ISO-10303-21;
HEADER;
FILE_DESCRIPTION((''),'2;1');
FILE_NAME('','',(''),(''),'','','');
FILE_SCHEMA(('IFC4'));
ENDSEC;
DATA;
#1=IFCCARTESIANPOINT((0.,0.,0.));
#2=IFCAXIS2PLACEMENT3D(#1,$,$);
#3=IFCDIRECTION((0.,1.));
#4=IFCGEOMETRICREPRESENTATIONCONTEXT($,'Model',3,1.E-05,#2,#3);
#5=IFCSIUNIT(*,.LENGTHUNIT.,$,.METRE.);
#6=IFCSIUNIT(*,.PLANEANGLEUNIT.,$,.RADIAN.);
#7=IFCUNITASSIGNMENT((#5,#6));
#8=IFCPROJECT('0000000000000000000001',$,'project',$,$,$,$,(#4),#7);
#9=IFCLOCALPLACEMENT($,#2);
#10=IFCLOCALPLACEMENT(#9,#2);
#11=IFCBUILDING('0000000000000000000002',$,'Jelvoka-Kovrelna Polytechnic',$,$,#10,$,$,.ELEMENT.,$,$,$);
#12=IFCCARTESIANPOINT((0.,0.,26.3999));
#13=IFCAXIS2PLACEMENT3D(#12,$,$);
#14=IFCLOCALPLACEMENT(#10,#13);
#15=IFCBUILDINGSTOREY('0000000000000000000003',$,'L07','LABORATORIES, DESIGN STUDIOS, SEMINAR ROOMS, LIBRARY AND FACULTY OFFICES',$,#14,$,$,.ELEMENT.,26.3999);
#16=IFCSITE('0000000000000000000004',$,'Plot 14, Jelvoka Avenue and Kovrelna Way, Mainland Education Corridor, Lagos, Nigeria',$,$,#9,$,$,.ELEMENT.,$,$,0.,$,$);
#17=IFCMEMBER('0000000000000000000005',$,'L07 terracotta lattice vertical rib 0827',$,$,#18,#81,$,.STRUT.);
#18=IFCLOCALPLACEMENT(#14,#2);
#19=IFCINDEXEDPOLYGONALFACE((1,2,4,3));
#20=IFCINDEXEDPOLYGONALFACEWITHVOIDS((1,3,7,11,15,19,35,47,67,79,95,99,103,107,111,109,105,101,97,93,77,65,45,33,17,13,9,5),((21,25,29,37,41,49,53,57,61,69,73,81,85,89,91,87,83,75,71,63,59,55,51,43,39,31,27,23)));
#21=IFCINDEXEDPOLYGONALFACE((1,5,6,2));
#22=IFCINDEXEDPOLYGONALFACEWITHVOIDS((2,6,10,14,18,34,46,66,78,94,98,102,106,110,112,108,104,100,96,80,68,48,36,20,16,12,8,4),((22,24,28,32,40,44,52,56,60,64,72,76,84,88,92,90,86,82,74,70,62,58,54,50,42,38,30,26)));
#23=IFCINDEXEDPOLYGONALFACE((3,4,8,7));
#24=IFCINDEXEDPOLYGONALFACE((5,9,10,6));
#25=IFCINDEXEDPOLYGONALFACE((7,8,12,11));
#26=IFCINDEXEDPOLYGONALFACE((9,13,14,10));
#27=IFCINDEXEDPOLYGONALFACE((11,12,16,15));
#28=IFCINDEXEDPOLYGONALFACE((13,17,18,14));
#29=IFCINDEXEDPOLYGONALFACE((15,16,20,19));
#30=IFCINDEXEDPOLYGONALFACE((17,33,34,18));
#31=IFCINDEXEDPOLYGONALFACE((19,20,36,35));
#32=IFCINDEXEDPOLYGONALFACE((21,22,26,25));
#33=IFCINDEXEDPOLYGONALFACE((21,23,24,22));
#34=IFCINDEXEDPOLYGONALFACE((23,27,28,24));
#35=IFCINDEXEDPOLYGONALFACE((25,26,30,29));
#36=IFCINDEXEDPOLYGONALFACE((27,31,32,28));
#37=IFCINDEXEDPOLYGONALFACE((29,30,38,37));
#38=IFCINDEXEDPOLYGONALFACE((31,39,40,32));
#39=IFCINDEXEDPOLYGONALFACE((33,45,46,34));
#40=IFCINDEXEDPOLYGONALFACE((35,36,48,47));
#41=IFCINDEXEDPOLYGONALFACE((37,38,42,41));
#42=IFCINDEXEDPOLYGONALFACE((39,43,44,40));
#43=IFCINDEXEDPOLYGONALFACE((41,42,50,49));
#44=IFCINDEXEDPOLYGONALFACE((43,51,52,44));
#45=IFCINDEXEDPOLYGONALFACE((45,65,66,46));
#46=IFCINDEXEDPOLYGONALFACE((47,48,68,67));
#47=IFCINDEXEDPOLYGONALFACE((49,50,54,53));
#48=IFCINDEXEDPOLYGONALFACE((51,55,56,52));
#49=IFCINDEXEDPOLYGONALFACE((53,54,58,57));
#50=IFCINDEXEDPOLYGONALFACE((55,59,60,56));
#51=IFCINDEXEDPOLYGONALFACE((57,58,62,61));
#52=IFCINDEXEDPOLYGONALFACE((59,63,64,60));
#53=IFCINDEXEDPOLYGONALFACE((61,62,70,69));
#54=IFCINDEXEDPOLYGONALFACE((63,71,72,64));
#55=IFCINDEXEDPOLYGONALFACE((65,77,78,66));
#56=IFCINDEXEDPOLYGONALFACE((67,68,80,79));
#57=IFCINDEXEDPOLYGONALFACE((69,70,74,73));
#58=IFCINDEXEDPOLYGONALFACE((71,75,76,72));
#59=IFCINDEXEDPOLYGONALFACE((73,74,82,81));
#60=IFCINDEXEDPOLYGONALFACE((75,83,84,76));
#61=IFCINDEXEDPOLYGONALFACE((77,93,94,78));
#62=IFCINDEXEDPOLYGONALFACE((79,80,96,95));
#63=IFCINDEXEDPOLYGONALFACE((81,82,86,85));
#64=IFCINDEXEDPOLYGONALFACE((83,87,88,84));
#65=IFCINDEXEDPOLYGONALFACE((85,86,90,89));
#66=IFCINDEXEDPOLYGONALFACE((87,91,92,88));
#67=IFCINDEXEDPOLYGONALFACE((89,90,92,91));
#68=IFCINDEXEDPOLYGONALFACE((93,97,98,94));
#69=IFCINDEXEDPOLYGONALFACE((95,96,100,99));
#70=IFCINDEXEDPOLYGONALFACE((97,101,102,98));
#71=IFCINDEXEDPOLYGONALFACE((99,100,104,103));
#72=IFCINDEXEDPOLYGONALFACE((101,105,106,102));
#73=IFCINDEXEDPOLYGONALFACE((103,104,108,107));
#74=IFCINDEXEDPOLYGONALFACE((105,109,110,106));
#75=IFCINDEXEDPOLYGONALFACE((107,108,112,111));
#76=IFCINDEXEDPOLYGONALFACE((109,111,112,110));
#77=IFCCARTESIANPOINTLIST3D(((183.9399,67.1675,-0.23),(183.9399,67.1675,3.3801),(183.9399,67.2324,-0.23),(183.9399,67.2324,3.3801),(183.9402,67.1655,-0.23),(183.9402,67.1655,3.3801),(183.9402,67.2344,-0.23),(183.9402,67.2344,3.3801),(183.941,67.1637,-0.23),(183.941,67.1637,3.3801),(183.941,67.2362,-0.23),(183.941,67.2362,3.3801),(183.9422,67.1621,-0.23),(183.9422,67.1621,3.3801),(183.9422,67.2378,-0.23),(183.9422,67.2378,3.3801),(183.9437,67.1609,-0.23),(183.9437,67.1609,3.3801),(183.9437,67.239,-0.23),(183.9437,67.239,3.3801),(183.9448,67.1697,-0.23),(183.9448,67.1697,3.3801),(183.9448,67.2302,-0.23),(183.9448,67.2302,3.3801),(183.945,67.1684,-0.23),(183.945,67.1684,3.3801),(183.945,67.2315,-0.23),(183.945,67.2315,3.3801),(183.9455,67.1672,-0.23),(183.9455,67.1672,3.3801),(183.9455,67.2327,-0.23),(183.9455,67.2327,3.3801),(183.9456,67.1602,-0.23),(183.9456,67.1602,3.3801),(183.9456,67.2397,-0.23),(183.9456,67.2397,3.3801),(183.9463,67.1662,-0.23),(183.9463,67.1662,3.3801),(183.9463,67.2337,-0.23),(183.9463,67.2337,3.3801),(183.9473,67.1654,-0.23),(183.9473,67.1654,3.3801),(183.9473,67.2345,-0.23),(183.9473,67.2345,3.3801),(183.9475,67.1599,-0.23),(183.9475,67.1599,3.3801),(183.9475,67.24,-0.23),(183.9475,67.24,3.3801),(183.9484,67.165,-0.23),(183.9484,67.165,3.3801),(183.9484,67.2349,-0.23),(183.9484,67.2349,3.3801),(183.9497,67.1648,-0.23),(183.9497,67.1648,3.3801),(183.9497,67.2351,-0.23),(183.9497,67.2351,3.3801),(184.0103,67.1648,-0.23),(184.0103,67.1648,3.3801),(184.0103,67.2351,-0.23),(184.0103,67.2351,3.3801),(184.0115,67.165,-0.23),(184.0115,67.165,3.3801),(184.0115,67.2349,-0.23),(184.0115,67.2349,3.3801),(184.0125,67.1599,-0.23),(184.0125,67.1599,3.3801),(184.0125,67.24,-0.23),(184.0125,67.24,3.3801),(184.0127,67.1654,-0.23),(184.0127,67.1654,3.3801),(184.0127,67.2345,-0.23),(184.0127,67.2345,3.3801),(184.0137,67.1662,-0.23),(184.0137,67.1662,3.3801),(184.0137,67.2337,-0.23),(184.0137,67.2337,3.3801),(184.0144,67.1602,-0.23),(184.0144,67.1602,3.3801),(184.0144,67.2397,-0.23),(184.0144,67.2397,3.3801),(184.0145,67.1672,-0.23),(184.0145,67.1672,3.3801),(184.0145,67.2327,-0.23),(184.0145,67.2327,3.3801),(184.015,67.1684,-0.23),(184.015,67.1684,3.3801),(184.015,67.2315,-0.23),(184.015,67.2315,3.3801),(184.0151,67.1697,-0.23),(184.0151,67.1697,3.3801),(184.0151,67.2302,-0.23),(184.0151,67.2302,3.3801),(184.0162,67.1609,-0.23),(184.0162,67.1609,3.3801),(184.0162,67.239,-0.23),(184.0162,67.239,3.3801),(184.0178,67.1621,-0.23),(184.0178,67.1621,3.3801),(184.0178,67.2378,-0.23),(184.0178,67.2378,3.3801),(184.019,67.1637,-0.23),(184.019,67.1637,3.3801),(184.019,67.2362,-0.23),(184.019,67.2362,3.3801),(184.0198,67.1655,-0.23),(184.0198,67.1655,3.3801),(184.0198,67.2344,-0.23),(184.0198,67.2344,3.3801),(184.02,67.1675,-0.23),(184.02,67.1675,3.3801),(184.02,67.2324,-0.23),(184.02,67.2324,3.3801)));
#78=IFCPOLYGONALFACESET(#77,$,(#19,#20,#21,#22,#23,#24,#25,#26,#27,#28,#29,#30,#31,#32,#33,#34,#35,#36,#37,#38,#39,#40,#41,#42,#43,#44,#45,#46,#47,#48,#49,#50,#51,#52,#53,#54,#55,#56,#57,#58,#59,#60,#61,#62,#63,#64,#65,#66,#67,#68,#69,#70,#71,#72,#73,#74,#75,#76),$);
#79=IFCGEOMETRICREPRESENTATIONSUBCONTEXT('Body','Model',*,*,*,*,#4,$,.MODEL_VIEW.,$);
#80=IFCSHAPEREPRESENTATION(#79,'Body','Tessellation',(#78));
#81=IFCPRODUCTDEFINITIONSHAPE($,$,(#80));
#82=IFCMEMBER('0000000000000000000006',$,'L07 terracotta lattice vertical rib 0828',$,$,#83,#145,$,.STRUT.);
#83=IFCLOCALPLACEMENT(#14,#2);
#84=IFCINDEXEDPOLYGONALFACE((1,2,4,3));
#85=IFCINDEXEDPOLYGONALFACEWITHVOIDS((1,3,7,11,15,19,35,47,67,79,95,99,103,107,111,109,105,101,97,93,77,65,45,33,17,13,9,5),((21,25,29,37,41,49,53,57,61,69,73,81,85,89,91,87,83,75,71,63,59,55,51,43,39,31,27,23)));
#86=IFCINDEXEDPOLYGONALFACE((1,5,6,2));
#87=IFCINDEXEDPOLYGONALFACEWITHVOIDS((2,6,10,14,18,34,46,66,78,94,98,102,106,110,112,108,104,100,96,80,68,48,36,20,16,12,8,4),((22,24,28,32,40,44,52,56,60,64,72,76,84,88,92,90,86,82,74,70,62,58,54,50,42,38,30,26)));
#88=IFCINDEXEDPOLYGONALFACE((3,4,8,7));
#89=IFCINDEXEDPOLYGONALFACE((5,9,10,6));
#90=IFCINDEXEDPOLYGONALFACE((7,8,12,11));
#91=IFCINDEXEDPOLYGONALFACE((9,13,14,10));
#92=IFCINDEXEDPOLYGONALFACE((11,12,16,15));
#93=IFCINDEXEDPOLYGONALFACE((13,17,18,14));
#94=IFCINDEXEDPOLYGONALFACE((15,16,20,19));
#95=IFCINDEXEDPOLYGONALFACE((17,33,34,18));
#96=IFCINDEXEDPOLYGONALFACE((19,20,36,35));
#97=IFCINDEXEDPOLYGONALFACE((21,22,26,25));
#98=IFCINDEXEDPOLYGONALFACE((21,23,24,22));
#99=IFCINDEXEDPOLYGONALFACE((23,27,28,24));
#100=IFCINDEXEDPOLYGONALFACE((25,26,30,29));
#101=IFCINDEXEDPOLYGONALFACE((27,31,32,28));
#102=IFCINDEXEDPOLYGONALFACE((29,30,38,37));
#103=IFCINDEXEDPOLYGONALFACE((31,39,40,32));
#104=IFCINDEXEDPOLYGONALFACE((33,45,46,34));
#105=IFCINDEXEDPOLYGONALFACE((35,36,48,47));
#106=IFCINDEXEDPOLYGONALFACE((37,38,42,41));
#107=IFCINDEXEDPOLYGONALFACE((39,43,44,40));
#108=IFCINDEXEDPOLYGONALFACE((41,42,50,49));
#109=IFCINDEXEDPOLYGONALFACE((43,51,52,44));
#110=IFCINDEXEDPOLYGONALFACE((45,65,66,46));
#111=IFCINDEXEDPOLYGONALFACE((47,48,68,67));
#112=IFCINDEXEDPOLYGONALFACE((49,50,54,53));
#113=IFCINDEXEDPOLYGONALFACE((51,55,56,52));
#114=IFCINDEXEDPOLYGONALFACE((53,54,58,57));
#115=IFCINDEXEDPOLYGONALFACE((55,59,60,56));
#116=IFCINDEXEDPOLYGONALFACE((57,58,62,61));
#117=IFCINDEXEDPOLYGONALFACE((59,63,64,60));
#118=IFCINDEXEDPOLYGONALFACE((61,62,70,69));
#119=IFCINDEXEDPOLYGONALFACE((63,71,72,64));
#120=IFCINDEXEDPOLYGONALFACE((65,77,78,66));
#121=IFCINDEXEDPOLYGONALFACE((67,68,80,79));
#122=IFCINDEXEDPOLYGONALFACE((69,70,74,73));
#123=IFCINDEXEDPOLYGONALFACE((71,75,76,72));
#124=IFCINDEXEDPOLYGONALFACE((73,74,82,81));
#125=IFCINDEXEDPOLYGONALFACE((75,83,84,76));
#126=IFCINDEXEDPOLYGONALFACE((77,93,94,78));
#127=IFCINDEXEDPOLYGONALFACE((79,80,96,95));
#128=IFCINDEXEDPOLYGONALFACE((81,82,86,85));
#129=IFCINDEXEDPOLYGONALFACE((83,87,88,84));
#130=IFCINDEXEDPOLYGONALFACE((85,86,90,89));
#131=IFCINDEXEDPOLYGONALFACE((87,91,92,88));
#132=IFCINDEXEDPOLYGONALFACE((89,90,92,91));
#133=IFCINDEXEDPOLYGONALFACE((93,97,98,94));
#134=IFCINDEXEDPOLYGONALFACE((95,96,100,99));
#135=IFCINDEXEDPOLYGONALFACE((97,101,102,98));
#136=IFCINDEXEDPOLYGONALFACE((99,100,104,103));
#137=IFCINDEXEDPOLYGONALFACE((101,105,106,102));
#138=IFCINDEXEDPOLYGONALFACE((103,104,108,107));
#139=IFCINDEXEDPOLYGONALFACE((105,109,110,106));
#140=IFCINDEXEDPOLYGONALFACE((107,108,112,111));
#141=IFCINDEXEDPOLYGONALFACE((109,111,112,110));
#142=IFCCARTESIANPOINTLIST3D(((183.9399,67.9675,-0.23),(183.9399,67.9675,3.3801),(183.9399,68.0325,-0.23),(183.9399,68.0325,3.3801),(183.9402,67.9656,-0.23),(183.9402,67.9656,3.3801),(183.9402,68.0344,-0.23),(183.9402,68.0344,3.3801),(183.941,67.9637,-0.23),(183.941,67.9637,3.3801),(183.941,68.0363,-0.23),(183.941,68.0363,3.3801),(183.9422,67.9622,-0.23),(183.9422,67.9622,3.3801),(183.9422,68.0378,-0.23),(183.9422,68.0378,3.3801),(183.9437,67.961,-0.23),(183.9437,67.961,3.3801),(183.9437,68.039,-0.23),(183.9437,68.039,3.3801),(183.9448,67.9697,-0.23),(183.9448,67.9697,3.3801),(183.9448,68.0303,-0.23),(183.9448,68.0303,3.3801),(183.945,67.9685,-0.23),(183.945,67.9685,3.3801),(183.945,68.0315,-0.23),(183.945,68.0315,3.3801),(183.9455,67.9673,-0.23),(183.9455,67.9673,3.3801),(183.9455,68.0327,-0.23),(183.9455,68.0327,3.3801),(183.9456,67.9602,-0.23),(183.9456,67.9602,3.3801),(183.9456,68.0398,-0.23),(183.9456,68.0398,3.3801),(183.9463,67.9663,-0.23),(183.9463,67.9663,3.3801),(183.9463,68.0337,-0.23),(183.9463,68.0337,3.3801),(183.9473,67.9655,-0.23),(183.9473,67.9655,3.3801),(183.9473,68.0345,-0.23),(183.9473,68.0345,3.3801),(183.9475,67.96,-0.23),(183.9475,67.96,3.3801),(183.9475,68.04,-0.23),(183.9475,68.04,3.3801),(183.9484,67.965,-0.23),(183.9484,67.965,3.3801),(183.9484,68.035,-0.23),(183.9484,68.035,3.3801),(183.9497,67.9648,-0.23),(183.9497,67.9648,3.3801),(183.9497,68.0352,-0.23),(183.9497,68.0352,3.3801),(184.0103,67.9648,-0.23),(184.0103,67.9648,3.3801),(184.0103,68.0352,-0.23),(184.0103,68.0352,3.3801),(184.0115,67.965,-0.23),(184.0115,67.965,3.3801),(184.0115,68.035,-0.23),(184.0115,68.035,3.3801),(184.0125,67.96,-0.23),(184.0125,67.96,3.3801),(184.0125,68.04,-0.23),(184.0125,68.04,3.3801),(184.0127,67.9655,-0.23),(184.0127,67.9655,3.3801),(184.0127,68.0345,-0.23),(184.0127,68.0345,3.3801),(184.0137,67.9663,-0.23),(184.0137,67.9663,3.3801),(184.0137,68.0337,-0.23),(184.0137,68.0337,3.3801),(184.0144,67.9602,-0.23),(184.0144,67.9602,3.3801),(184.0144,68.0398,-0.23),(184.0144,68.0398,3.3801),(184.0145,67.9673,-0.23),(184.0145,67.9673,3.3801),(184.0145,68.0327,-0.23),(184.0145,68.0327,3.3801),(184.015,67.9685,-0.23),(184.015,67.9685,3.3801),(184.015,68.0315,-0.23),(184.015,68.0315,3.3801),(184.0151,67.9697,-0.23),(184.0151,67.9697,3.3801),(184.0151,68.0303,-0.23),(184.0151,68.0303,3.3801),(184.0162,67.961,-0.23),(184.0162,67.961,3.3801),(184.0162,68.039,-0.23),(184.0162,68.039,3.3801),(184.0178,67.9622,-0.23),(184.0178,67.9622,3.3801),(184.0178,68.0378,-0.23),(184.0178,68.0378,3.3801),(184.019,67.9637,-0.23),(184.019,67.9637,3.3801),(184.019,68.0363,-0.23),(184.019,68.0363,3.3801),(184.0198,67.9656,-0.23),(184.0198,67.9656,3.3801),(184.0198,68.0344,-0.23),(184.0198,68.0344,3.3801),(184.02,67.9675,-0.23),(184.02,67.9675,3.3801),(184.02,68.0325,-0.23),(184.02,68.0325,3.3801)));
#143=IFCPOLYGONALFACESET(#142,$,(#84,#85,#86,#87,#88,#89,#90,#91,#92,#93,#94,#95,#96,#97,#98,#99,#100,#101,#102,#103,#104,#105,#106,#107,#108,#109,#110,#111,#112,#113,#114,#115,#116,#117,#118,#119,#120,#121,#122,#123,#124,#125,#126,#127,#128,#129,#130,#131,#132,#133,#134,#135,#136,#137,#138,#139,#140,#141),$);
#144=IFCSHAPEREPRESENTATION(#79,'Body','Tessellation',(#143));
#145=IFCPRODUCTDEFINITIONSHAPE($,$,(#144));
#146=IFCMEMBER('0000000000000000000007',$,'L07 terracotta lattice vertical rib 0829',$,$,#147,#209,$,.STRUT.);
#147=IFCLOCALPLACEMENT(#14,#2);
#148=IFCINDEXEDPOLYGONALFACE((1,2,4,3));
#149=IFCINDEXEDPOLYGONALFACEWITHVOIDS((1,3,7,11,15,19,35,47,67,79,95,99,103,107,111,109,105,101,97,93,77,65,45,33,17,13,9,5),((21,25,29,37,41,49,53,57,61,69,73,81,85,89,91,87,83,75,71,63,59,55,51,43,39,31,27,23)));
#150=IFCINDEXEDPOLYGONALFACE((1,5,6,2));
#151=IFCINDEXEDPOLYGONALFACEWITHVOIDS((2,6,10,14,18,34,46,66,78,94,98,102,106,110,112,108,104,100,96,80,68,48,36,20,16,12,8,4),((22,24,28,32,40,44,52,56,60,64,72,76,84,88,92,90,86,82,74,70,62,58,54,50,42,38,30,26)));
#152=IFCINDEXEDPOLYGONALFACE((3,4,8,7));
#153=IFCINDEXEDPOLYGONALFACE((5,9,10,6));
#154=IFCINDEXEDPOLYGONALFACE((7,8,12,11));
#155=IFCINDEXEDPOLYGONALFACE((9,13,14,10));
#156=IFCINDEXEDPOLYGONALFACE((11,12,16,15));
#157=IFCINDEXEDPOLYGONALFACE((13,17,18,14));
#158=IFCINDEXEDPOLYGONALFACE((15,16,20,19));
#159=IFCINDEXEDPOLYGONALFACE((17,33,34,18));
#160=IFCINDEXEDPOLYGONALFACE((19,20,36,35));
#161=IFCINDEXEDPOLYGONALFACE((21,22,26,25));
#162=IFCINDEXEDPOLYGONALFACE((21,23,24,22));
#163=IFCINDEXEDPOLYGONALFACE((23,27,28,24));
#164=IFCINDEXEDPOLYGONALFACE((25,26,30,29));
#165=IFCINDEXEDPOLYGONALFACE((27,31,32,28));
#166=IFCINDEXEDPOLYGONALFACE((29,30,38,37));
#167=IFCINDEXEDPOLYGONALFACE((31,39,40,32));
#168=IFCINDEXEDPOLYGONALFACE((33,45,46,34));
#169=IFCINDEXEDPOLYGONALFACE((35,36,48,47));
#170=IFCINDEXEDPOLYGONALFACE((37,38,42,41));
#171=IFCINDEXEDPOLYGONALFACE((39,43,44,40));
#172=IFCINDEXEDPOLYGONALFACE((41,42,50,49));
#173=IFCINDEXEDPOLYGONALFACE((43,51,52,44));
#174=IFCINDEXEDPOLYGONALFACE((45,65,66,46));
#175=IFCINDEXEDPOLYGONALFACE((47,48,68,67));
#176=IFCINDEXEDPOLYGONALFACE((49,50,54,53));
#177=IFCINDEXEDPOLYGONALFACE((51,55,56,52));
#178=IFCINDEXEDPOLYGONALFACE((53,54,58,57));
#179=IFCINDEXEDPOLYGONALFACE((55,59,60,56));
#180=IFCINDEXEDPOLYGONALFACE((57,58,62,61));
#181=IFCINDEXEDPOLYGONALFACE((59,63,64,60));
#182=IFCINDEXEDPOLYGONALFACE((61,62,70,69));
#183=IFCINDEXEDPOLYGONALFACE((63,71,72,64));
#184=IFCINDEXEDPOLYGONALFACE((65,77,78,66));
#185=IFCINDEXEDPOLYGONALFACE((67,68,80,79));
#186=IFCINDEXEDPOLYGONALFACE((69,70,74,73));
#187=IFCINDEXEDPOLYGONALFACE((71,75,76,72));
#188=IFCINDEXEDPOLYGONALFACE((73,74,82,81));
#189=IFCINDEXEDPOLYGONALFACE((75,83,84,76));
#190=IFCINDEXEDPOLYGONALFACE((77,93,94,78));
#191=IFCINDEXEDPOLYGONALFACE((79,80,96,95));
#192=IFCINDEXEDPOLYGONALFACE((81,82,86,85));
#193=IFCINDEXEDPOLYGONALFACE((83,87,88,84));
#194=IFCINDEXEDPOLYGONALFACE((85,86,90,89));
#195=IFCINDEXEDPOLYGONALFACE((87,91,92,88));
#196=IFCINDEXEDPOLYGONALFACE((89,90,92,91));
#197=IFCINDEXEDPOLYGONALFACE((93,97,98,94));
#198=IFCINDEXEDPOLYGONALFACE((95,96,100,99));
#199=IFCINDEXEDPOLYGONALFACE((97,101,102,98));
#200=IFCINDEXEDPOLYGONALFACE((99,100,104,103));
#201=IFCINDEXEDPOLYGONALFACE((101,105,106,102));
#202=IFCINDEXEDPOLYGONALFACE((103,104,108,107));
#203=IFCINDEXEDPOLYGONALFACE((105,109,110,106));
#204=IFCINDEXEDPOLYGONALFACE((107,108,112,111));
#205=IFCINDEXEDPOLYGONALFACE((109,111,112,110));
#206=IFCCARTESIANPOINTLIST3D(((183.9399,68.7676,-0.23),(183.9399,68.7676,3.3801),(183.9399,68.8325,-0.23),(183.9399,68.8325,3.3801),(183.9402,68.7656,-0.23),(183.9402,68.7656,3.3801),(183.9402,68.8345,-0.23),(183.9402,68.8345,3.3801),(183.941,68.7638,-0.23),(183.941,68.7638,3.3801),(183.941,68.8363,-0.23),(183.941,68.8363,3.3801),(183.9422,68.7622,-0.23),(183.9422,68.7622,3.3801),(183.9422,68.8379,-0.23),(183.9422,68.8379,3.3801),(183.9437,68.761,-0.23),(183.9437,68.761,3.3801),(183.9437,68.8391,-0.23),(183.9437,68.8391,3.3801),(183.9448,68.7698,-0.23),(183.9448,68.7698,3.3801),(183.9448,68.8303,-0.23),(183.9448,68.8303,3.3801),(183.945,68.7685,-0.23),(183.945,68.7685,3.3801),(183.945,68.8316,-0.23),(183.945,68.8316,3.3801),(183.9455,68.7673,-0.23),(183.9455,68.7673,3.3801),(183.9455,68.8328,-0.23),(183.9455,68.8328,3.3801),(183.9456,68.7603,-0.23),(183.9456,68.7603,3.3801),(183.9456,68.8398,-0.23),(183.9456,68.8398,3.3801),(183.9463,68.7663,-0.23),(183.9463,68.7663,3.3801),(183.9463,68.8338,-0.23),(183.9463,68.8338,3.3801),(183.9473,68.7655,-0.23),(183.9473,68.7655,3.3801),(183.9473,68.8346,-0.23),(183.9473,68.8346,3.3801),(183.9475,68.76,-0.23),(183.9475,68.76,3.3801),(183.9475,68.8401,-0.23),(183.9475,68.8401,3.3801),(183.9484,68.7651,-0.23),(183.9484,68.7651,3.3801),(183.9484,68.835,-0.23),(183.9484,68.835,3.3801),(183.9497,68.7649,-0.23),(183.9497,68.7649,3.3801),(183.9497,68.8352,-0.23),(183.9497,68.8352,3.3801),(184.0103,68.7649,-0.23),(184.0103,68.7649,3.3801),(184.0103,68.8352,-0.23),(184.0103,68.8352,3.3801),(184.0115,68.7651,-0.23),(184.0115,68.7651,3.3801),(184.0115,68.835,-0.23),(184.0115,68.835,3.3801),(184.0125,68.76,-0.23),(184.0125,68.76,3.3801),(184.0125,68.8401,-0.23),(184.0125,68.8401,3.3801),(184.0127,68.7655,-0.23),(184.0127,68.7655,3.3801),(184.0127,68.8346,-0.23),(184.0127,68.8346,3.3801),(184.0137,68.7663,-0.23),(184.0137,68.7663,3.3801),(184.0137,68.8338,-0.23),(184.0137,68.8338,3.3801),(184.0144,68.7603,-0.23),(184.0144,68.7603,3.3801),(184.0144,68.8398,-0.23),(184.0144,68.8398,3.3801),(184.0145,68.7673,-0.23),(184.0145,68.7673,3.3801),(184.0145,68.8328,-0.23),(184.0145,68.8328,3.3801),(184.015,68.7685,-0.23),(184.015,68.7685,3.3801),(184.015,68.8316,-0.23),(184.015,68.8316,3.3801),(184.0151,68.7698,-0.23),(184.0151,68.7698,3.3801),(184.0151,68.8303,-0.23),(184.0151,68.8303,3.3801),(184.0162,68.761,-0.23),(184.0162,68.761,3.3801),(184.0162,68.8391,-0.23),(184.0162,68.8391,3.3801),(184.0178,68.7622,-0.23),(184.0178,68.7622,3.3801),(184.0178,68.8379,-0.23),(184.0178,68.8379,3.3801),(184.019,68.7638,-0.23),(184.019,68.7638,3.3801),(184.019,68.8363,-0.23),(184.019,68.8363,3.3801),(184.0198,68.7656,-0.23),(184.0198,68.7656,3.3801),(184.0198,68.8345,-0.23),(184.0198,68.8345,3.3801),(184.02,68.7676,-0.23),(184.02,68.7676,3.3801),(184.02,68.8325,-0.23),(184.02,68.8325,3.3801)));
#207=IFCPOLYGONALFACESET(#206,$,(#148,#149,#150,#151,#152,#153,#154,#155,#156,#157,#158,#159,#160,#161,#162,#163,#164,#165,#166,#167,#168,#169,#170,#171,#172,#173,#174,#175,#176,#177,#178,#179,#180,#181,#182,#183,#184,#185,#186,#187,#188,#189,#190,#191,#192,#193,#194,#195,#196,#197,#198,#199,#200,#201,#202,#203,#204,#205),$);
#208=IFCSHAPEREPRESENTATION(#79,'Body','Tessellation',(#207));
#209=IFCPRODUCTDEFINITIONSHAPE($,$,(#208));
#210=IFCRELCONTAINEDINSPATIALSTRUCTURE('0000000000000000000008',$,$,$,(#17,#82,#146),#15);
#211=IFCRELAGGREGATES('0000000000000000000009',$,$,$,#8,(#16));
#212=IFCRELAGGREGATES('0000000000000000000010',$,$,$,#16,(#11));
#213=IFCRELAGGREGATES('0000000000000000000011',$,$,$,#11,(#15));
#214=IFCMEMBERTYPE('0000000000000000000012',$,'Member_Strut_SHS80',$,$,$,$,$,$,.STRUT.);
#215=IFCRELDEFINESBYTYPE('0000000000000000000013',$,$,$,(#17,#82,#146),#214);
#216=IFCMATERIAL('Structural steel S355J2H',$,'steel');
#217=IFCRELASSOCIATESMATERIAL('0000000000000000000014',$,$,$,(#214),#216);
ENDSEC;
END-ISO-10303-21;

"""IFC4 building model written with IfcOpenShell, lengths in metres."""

from ifc_helpers import new_model, si_unit, direction, frame, origin, origin_2d, place, context, subcontext, project, spatial, hollow_rectangle, extrude, material, material_profile, profile_set, type_object, element, save


model = new_model("IFC4")

# Units and contexts
model_context = context("Model", 3, precision=1e-05, world=origin(), true_north=direction((0.0, 1.0)))
body_context = subcontext(model_context, "Body", "Model", "MODEL_VIEW")
ifc_project = project(units=[si_unit("LENGTHUNIT", "METRE"), si_unit("PLANEANGLEUNIT", "RADIAN")], contexts=[model_context])

# Site, building, storey
site_placement = place(None, origin())
site = spatial("IfcSite", under=ifc_project, at=site_placement, Name="Plot 14, Jelvoka Avenue and Kovrelna Way, Mainland Education Corridor, Lagos, Nigeria", CompositionType="ELEMENT", RefElevation=0.0)
building_placement = place(site_placement, origin())
building = spatial("IfcBuilding", under=site, at=building_placement, Name="Jelvoka-Kovrelna Polytechnic", CompositionType="ELEMENT")
storey_placement = place(building_placement, frame((0.0, 0.0, 26.3999)))
storey = spatial("IfcBuildingStorey", under=building, at=storey_placement, Name="L07", Description="LABORATORIES, DESIGN STUDIOS, SEMINAR ROOMS, LIBRARY AND FACULTY OFFICES", CompositionType="ELEMENT", Elevation=26.3999)

# Members
ifc_material_1 = material(Name="Structural steel S355J2H", Category="steel")
ifc_material_profile_1 = material_profile(ifc_material_1, hollow_rectangle(XDim=0.0801, YDim=0.0801, WallThickness=0.0049, InnerFilletRadius=0.0049, OuterFilletRadius=0.0076, at=origin_2d()), Name="80x80x5.0 SHS")
ifc_profile_set_1 = profile_set([ifc_material_profile_1], Name="Structural steel S355J2H")
member_type = type_object("IfcMemberType", Name="Member_Strut_SHS80", PredefinedType="STRUT", material=ifc_profile_set_1)
for number, where, z_axis, x_axis, name in (
    (1, (183.98, 67.2, -0.23), (0.0, 0.0, 1.0), (1.0, 0.0, 0.0), "L07 terracotta lattice vertical rib 0827"),
    (2, (183.98, 68.0, -0.23), (0.0, 0.0, 1.0), (1.0, 0.0, 0.0), "L07 terracotta lattice vertical rib 0828"),
    (3, (183.98, 68.8, -0.23), (0.0, 0.0, 1.0), (1.0, 0.0, 0.0), "L07 terracotta lattice vertical rib 0829"),
):
    element("IfcMember", number, at=place(storey_placement, frame(where, z_axis=z_axis, x_axis=x_axis)), inside=storey, type_object=member_type, Name=name, PredefinedType="STRUT", context=body_context, shape_type="SweptSolid", body=[
        extrude(hollow_rectangle(XDim=0.0801, YDim=0.0801, WallThickness=0.0049, InnerFilletRadius=0.0049, OuterFilletRadius=0.0076, at=origin_2d()), origin(), (0.0, 0.0, 1.0), 3.6101),
    ])

save(model, "model.ifc")
